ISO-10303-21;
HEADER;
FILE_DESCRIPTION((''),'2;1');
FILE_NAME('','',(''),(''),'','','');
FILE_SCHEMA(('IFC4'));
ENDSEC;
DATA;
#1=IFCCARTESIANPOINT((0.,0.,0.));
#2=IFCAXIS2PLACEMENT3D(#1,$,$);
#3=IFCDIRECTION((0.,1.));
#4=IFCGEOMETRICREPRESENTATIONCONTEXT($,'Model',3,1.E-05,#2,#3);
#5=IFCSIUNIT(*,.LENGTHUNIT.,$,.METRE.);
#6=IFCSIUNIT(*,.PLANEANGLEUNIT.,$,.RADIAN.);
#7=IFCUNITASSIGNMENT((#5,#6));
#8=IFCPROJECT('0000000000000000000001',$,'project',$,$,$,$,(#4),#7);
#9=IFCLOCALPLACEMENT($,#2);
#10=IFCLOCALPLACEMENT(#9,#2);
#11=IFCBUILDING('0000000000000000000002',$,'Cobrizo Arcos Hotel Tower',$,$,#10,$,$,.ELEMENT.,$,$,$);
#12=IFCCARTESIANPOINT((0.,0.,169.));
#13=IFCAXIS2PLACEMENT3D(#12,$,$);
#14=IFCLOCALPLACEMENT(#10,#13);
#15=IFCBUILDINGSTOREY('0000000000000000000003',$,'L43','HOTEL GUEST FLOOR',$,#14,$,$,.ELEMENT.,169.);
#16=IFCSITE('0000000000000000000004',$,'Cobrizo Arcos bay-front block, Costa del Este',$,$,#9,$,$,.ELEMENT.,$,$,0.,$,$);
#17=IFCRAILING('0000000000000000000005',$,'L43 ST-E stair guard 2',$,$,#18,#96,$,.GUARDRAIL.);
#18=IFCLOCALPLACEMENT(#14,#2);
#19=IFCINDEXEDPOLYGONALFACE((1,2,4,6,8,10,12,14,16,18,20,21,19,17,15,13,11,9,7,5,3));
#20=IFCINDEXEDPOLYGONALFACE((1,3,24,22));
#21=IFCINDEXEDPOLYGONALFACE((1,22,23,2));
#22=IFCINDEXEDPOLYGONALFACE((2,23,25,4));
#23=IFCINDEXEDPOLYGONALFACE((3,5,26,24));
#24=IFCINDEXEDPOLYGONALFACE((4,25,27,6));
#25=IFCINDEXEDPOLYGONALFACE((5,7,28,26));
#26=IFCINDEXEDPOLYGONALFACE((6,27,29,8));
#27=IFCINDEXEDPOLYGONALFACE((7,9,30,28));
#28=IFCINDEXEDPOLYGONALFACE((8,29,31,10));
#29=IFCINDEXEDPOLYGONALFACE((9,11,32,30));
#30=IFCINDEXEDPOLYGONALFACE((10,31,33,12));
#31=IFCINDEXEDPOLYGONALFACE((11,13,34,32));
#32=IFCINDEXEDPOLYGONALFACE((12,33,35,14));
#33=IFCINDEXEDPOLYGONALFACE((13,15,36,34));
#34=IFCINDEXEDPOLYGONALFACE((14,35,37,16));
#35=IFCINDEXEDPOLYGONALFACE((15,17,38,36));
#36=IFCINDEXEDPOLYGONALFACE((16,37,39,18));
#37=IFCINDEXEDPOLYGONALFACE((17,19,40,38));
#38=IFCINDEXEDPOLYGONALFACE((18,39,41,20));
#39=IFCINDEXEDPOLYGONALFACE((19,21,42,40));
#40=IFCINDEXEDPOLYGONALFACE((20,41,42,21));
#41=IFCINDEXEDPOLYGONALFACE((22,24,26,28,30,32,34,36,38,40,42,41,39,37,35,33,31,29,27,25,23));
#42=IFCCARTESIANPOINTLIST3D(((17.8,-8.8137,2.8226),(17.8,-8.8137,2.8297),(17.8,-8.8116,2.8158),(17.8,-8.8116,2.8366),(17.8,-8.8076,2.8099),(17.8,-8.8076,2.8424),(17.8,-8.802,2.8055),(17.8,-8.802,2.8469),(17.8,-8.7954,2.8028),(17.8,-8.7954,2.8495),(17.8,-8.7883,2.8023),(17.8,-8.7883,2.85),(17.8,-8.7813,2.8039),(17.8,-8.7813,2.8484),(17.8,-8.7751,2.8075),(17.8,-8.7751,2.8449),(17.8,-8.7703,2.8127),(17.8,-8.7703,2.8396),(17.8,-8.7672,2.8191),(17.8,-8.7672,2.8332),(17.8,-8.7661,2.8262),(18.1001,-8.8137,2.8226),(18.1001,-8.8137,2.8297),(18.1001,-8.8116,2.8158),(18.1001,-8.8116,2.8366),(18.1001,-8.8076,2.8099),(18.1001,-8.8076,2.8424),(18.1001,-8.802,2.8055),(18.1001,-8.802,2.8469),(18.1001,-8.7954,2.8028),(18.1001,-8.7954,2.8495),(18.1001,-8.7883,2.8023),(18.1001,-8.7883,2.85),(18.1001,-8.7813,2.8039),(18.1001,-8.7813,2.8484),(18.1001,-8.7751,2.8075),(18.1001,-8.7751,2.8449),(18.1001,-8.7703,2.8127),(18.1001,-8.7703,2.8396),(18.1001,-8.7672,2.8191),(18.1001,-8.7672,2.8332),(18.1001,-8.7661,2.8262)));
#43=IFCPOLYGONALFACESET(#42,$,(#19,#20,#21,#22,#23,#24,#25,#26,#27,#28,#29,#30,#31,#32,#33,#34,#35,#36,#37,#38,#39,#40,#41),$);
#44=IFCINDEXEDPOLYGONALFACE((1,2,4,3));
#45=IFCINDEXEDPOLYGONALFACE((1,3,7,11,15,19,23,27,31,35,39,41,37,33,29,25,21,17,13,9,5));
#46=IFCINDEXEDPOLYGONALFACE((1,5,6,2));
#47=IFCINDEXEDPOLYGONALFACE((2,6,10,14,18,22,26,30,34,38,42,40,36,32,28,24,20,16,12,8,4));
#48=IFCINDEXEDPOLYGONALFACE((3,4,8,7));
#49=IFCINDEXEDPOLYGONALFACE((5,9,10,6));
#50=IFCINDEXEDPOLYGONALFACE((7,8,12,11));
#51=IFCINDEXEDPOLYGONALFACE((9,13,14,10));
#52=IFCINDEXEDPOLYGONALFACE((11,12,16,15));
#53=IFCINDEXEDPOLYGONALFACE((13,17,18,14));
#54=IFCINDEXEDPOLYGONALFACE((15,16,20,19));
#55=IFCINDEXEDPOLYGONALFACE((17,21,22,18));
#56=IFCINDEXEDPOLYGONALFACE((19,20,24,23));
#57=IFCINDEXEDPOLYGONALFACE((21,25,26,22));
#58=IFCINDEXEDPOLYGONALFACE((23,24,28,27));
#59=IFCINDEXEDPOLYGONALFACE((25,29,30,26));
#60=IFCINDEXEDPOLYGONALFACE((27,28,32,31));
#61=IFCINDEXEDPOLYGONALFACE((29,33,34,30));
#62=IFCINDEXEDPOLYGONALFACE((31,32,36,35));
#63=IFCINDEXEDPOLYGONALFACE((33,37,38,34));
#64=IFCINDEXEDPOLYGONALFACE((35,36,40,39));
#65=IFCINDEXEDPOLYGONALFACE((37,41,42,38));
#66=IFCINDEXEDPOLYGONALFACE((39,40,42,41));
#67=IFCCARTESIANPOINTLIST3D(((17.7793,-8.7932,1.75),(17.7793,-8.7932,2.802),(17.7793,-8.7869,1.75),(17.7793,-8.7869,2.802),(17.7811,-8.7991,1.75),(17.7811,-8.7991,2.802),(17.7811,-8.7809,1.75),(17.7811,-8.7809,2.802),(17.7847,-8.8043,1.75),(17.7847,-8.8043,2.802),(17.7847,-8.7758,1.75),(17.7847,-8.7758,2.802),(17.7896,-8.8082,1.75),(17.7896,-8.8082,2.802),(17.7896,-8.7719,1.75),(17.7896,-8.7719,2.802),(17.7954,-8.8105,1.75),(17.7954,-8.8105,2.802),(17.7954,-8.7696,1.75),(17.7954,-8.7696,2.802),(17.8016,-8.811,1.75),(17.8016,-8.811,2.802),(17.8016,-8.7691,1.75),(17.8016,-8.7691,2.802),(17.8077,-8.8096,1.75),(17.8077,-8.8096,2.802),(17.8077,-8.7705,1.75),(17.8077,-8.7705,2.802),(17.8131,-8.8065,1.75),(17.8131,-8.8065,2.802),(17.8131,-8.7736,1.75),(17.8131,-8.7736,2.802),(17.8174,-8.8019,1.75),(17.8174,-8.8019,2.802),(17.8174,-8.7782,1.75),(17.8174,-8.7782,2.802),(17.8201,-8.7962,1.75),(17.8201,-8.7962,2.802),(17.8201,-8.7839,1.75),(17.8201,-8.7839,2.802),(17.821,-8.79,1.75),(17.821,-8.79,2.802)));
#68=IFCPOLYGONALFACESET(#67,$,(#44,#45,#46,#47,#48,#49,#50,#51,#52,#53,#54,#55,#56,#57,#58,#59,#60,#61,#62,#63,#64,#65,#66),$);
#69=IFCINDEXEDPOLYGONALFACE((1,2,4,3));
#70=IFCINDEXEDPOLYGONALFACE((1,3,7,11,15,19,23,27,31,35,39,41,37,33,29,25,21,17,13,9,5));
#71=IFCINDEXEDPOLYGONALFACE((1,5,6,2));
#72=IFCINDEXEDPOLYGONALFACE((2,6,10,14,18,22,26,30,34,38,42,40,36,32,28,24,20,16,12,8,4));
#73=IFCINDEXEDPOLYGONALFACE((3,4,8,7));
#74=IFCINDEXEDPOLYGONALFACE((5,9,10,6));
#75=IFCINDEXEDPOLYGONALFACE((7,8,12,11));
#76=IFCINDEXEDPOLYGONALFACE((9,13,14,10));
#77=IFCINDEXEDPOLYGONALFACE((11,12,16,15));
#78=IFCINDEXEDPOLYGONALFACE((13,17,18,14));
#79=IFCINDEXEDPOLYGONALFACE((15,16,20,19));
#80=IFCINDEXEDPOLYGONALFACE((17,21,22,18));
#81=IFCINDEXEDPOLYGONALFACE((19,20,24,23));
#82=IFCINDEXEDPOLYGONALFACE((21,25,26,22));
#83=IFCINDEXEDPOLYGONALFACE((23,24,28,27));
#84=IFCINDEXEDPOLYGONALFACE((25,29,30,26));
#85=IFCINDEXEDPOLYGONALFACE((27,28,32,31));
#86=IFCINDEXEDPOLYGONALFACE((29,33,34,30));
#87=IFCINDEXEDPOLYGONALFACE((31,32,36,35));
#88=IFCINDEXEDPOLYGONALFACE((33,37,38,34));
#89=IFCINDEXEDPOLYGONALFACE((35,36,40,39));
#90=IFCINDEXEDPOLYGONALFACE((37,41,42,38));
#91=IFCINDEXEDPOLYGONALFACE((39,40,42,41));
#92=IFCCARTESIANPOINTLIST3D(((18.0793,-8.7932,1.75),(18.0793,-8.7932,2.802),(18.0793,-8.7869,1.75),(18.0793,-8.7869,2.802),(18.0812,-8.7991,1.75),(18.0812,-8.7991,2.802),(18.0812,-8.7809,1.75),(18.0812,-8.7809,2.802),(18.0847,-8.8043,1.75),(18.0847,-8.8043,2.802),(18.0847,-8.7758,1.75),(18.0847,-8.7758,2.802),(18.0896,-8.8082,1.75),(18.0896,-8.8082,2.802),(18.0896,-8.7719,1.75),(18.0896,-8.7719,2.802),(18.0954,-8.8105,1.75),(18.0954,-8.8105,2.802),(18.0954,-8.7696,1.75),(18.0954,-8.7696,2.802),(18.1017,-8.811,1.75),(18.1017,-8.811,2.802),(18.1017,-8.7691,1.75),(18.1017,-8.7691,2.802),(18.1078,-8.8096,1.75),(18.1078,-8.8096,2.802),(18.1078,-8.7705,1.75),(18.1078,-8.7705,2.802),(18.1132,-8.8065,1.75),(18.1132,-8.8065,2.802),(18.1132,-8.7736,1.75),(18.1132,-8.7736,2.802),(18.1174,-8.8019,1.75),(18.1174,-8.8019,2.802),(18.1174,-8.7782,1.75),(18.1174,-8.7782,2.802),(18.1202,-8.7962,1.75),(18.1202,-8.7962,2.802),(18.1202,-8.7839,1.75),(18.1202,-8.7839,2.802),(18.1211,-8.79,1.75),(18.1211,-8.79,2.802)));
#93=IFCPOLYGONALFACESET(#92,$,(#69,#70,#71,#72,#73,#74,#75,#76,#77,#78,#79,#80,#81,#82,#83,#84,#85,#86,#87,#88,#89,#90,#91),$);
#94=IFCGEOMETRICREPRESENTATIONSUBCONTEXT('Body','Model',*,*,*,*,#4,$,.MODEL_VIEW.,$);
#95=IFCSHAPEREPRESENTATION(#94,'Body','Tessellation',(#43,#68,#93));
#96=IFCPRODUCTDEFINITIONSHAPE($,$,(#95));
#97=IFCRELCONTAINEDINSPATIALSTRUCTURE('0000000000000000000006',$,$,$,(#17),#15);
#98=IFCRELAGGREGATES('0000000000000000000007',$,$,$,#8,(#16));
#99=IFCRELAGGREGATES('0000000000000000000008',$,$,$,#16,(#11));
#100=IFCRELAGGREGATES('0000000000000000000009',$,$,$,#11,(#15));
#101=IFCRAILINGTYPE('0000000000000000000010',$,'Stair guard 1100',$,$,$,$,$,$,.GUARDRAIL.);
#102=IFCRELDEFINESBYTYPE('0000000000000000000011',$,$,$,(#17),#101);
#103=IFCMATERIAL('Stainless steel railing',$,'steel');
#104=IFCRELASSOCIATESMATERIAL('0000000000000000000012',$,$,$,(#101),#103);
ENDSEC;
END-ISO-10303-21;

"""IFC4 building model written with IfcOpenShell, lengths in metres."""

from ifc_helpers import new_model, si_unit, direction, frame, origin, origin_2d, place, context, subcontext, project, spatial, circle, extrude, material, type_object, element, save


model = new_model("IFC4")

# Units and contexts
model_context = context("Model", 3, precision=1e-05, world=origin(), true_north=direction((0.0, 1.0)))
body_context = subcontext(model_context, "Body", "Model", "MODEL_VIEW")
ifc_project = project(units=[si_unit("LENGTHUNIT", "METRE"), si_unit("PLANEANGLEUNIT", "RADIAN")], contexts=[model_context])

# Site, building, storey
site_placement = place(None, origin())
site = spatial("IfcSite", under=ifc_project, at=site_placement, Name="Cobrizo Arcos bay-front block, Costa del Este", CompositionType="ELEMENT", RefElevation=0.0)
building_placement = place(site_placement, origin())
building = spatial("IfcBuilding", under=site, at=building_placement, Name="Cobrizo Arcos Hotel Tower", CompositionType="ELEMENT")
storey_placement = place(building_placement, frame((0.0, 0.0, 169.0)))
storey = spatial("IfcBuildingStorey", under=building, at=storey_placement, Name="L43", Description="HOTEL GUEST FLOOR", CompositionType="ELEMENT", Elevation=169.0)

# Railing
ifc_material_1 = material(Name="Stainless steel railing", Category="steel")
railing_type_1 = type_object("IfcRailingType", Name="Stair guard 1100", PredefinedType="GUARDRAIL", material=ifc_material_1)
railing_1_placement = place(storey_placement, frame((17.8, -8.79, 1.75)))
element("IfcRailing", 1, at=railing_1_placement, inside=storey, type_object=railing_type_1, Name="L43 ST-E stair guard 2", PredefinedType="GUARDRAIL", context=body_context, shape_type="SweptSolid", body=[
    extrude(circle(Radius=0.0239, at=origin_2d()), frame((0.0, 0.0, 1.0762), z_axis=(1.0, 0.0, 0.0), x_axis=(0.0, 1.0, 0.0)), (0.0, 0.0, 1.0), 0.3),
    extrude(circle(Radius=0.021, at=origin_2d()), origin(), (0.0, 0.0, 1.0), 1.052),
    extrude(circle(Radius=0.021, at=origin_2d()), frame((0.3, 0.0, 0.0)), (0.0, 0.0, 1.0), 1.052),
])

save(model, "model.ifc")
